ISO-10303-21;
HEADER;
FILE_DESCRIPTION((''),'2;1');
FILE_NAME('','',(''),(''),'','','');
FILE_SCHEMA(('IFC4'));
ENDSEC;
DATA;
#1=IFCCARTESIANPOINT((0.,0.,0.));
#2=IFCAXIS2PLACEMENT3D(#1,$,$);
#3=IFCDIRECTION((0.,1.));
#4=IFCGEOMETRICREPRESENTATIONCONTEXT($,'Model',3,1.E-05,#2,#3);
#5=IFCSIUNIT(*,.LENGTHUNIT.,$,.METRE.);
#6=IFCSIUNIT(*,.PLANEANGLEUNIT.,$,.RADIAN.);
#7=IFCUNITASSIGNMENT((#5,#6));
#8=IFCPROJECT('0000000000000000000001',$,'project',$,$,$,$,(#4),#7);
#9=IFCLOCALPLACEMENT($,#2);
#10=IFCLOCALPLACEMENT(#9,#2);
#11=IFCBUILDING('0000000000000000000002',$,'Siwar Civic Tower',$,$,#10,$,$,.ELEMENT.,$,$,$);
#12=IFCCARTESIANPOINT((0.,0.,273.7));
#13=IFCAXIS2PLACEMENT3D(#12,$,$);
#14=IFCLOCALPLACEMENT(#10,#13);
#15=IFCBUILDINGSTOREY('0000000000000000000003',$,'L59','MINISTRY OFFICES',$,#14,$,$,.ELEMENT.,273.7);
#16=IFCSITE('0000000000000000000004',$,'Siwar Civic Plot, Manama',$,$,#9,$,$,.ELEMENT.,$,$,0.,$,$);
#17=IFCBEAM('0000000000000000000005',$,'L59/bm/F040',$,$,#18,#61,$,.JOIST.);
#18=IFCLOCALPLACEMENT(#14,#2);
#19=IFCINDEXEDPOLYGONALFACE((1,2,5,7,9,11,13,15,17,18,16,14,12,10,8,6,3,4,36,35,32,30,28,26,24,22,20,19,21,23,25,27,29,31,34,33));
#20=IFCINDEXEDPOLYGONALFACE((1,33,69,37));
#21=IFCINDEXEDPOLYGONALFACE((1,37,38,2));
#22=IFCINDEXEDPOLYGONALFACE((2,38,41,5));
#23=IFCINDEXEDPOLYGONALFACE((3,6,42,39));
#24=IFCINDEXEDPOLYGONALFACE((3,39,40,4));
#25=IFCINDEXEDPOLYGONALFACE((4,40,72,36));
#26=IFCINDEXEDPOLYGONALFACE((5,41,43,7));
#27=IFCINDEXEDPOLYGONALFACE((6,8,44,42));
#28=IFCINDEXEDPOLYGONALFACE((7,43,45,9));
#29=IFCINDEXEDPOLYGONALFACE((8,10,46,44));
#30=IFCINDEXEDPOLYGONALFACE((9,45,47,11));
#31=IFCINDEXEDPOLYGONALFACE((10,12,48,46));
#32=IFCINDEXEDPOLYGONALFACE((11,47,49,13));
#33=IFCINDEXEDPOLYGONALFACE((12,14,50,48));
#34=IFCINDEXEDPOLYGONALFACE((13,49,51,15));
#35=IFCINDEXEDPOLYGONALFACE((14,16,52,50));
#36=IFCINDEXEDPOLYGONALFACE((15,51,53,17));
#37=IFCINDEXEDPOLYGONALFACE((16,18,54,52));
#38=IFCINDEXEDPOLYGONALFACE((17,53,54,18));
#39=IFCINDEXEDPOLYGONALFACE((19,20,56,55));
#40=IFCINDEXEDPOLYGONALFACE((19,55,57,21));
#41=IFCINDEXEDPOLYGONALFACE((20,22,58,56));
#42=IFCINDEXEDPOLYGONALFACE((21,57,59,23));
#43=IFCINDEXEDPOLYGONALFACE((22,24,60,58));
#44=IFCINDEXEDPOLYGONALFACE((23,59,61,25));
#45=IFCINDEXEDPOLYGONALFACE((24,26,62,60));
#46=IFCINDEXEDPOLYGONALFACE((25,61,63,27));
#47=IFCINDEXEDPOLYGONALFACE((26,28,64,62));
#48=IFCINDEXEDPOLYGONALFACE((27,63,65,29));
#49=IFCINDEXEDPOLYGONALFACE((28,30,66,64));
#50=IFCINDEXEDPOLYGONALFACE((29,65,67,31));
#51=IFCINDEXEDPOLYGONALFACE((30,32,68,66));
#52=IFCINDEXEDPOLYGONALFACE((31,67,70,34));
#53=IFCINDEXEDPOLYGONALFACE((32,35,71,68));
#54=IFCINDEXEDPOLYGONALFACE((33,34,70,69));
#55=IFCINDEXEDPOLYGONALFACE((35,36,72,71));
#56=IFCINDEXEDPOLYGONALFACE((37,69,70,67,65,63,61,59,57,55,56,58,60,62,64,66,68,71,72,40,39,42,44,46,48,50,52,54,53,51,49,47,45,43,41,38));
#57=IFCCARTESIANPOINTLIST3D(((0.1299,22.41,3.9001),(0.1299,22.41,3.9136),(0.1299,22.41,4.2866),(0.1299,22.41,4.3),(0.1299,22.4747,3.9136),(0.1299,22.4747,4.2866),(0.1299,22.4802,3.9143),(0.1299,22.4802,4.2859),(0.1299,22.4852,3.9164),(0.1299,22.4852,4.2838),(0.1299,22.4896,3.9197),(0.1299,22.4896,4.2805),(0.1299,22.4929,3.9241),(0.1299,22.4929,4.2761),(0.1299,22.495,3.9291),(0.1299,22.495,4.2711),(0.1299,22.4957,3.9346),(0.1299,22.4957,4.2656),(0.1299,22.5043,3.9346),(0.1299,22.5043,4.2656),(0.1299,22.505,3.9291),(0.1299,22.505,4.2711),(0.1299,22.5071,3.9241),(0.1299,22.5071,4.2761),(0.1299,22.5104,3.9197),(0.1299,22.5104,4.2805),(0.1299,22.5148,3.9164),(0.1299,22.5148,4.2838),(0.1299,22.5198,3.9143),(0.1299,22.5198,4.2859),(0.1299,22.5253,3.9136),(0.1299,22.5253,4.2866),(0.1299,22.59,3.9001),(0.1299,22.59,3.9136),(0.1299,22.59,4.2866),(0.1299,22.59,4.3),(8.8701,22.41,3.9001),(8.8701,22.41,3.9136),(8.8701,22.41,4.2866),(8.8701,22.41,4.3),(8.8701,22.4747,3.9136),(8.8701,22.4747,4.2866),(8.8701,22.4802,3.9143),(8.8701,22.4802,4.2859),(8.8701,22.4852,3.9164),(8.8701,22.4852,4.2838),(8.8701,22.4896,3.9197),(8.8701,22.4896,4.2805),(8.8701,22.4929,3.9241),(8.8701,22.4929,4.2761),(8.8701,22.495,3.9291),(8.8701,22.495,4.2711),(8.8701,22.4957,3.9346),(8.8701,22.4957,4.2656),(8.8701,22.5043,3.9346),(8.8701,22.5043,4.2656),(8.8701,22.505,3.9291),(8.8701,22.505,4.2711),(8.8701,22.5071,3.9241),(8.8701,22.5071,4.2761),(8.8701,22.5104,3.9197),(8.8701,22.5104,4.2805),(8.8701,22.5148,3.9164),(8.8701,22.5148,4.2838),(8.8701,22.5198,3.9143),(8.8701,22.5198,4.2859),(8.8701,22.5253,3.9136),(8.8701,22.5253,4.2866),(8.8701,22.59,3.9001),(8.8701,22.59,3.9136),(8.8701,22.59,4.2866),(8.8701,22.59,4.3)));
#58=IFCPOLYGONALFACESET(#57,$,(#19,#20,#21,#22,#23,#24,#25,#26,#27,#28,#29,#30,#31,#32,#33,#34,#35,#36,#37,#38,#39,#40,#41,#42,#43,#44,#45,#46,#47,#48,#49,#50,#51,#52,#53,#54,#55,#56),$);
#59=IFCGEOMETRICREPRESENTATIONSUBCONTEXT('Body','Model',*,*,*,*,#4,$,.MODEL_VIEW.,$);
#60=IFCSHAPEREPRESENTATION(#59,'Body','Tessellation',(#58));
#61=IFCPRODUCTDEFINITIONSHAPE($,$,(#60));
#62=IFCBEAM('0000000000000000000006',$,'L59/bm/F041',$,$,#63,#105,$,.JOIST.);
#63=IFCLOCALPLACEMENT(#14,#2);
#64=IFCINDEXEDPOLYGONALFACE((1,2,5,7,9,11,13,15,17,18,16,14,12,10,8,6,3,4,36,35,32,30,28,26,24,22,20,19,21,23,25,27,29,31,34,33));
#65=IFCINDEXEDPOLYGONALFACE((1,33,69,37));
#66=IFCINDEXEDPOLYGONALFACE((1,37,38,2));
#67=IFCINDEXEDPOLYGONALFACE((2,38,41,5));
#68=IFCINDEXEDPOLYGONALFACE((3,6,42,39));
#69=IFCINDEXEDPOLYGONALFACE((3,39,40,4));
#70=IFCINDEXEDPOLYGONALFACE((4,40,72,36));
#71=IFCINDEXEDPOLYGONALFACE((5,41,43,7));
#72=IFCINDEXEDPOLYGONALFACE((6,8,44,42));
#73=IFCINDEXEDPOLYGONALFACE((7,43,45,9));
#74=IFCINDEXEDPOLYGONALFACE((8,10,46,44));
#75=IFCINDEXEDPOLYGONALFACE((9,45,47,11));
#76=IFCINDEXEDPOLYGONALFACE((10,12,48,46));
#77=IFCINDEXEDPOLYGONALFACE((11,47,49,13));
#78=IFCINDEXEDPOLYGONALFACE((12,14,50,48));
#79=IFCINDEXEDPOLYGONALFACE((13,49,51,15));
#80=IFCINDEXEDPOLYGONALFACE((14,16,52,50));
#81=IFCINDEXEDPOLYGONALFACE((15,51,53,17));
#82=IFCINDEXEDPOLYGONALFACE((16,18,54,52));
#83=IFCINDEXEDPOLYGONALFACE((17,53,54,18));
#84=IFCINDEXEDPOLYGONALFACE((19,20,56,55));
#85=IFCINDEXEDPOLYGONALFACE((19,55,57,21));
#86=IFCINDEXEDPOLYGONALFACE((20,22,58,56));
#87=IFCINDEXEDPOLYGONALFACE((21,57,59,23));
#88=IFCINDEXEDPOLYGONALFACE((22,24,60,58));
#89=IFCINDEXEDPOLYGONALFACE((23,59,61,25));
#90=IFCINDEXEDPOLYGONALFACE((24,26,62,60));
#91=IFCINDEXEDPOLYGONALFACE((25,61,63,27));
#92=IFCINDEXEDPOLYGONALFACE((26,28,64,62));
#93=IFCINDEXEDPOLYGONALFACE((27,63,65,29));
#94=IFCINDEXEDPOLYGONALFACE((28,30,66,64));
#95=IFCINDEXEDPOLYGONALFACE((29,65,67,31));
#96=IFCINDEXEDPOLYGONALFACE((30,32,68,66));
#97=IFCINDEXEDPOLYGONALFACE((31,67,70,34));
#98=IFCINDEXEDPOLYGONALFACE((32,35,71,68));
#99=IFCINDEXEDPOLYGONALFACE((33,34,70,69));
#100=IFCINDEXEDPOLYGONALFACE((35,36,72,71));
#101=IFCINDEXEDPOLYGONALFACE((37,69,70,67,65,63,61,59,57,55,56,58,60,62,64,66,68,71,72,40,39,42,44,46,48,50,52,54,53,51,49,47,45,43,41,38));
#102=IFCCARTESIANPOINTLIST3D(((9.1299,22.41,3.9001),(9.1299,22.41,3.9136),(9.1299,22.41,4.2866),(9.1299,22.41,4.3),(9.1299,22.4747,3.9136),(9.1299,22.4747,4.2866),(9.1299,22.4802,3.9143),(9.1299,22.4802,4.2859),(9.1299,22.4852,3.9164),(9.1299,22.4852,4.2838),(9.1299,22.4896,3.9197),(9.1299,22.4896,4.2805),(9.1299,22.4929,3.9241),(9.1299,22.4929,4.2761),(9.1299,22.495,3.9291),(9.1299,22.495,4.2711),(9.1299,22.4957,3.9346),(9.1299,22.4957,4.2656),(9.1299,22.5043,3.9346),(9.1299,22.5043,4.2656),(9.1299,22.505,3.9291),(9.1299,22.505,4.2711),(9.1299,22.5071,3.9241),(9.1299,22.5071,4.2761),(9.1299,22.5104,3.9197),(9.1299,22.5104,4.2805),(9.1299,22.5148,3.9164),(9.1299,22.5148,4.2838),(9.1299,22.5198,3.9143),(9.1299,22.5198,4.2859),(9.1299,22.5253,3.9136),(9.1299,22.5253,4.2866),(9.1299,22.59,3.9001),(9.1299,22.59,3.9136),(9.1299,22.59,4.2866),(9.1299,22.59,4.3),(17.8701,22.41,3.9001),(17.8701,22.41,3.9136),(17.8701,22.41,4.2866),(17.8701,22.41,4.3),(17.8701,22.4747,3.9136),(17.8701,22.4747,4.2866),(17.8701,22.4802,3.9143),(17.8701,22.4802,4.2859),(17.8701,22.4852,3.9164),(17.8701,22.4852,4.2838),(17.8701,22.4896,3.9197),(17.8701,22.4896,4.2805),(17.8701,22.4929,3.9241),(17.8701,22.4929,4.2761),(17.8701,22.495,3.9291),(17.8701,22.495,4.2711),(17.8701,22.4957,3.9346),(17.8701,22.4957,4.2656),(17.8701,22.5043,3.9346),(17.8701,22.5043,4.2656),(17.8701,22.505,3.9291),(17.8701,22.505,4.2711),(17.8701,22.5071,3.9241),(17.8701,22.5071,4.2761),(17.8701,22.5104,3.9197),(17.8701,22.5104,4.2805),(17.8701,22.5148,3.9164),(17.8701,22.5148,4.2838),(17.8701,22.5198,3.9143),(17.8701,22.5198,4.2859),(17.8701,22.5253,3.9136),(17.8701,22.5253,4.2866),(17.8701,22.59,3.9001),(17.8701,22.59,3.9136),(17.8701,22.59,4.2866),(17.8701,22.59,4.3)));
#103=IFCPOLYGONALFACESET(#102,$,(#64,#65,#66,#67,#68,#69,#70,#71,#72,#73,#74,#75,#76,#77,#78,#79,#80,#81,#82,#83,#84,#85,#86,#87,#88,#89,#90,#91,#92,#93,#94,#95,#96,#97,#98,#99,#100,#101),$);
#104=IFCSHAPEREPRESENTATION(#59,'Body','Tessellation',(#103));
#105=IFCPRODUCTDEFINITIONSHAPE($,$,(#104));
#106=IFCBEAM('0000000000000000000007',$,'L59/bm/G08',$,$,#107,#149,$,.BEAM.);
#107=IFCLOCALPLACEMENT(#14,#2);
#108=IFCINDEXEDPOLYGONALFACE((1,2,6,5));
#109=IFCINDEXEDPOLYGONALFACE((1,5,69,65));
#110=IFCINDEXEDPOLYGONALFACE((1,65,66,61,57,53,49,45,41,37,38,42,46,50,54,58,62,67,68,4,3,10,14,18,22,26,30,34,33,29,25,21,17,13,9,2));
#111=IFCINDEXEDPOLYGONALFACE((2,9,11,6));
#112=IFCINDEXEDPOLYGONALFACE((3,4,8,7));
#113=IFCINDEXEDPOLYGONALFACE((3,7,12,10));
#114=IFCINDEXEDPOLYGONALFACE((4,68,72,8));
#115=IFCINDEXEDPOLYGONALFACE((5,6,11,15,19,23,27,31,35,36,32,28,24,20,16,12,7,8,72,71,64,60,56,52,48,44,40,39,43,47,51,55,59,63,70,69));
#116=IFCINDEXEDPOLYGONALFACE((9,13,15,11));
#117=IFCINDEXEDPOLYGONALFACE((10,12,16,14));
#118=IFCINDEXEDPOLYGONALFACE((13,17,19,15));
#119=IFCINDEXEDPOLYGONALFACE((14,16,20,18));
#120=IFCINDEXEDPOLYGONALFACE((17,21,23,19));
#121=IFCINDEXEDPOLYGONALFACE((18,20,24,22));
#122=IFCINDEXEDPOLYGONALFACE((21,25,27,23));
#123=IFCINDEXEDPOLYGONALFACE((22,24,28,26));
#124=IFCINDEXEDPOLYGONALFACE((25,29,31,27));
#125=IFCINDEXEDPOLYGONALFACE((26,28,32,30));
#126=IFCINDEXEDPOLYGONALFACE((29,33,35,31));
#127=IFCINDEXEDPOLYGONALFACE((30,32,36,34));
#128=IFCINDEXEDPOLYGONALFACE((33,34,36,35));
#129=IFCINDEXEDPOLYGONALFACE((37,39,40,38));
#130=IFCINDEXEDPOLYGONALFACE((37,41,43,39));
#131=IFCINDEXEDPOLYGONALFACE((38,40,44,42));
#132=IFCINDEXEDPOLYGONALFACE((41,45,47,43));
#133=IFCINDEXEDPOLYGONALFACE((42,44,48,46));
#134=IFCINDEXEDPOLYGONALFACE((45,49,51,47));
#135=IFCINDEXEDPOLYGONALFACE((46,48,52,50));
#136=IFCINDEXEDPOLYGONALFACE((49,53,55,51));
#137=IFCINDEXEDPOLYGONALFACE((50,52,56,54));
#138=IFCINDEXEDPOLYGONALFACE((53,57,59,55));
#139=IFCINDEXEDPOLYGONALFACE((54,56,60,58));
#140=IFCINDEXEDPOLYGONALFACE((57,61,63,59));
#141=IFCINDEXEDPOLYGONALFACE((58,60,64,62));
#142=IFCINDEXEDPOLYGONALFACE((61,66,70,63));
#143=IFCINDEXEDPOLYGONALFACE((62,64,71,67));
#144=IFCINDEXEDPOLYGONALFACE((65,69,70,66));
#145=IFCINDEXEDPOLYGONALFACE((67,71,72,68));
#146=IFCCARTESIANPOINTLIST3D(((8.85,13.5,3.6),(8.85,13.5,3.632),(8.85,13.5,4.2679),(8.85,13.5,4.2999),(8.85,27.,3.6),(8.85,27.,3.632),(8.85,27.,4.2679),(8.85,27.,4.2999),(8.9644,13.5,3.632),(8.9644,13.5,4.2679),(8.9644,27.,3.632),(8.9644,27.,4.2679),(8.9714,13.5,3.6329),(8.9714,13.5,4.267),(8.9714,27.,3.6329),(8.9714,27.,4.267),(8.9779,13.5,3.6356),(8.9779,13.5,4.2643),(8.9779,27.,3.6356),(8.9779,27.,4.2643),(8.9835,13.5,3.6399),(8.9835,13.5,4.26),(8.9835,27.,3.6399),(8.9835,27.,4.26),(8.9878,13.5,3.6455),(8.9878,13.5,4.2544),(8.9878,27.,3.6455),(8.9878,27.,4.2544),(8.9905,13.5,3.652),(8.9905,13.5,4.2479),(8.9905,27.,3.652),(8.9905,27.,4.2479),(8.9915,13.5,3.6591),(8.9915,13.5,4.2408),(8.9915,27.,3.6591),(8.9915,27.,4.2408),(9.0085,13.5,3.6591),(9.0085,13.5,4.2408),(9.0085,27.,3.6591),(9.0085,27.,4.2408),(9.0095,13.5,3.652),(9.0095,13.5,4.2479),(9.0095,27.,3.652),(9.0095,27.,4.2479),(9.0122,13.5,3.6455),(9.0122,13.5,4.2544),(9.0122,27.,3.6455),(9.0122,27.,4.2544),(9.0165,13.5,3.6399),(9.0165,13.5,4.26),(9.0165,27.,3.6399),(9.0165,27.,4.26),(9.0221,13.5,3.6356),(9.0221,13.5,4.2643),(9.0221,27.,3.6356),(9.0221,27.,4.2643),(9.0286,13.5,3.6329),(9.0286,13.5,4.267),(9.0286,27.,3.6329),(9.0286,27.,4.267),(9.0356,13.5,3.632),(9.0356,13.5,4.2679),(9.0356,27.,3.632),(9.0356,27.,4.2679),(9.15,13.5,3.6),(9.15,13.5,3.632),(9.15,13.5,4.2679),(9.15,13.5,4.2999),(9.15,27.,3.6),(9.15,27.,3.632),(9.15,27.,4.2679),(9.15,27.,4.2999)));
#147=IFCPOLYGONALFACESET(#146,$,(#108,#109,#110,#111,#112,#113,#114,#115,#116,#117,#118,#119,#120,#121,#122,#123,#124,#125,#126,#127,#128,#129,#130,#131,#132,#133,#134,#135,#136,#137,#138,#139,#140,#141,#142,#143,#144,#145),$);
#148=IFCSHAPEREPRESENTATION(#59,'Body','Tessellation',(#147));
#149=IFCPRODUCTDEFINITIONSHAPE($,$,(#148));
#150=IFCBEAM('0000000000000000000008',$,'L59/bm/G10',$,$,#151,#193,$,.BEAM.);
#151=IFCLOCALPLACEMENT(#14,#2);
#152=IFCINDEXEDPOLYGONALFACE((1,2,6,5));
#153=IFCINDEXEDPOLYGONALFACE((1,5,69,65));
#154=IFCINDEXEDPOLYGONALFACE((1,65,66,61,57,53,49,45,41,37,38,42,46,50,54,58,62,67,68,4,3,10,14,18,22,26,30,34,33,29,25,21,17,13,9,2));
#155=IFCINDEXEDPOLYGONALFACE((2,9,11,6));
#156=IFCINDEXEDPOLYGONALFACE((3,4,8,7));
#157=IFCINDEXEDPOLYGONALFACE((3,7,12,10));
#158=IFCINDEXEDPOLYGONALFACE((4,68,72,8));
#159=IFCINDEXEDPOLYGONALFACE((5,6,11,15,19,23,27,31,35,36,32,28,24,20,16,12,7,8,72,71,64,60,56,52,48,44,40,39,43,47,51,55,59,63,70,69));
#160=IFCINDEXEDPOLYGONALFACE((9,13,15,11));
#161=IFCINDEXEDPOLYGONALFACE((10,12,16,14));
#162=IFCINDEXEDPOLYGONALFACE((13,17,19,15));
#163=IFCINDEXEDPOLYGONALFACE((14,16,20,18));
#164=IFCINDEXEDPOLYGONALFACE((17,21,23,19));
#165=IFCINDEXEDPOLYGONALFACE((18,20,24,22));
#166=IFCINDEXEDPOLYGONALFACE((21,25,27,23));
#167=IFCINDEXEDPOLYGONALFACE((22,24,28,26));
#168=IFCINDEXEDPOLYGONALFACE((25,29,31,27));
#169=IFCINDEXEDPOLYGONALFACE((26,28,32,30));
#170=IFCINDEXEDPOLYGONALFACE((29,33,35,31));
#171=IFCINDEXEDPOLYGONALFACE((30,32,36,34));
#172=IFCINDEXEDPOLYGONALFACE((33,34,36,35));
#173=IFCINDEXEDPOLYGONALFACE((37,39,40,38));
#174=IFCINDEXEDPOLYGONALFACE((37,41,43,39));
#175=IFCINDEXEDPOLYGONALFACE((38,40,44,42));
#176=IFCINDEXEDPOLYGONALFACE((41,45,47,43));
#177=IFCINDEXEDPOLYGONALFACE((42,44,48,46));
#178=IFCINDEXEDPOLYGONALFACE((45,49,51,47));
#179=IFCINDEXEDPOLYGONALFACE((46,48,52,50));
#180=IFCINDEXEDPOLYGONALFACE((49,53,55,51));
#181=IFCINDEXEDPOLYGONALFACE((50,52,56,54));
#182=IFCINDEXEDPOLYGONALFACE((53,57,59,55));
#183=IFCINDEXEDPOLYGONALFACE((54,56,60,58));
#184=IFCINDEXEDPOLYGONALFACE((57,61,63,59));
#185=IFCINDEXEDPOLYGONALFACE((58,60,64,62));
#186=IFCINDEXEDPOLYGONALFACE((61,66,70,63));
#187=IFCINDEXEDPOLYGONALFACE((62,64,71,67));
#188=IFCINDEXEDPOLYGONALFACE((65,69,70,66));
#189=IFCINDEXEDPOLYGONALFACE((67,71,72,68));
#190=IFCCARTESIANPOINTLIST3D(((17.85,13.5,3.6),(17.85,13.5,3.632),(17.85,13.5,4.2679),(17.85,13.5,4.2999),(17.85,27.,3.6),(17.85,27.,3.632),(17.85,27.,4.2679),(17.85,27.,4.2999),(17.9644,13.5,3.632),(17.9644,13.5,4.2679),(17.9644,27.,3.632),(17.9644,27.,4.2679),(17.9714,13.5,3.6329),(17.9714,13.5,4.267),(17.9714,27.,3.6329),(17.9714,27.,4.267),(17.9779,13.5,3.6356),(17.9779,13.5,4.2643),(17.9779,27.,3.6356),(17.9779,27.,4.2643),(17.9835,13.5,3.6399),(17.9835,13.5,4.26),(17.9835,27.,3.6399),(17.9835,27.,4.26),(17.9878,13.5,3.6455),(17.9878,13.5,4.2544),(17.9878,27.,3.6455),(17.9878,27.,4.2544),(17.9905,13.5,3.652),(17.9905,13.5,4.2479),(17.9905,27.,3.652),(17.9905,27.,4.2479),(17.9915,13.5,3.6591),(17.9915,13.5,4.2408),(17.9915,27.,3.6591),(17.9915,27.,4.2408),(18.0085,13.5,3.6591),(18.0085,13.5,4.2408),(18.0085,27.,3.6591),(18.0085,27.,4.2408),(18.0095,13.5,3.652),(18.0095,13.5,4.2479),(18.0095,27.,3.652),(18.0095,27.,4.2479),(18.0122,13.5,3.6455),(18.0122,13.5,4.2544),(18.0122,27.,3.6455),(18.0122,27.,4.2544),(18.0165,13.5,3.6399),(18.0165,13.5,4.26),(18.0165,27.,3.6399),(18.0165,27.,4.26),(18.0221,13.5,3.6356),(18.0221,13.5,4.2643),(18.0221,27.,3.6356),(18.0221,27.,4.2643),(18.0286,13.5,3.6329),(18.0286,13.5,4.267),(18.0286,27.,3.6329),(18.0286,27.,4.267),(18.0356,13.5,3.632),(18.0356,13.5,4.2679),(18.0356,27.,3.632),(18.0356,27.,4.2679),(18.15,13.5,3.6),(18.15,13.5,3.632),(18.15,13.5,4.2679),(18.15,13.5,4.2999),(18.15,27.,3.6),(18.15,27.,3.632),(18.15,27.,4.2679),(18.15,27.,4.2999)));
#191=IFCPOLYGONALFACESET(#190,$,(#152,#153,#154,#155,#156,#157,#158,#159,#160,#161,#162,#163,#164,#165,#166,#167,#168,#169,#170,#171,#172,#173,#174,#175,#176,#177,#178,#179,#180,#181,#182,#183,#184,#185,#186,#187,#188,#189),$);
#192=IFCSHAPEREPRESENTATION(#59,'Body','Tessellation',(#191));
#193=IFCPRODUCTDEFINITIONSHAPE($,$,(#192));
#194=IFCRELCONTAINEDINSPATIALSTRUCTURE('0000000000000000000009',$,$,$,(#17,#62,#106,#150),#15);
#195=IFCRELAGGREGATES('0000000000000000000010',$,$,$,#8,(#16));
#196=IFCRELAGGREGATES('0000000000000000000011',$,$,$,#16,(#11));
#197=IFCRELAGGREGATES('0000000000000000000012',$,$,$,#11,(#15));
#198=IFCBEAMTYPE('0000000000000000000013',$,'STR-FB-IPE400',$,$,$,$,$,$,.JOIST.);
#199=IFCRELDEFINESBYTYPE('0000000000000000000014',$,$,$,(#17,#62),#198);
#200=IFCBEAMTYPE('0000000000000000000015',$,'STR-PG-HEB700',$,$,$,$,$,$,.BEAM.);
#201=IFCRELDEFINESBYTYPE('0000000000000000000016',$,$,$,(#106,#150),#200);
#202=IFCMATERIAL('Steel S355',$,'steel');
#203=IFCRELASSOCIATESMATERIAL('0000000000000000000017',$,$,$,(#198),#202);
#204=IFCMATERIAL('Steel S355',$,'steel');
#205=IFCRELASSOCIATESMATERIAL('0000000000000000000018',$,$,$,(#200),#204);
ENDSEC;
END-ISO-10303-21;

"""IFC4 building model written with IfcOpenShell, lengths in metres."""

from ifc_helpers import new_model, si_unit, direction, frame, origin, origin_2d, place, context, subcontext, project, spatial, i_section, extrude, material, material_profile, profile_set, type_object, element, save


model = new_model("IFC4")

# Units and contexts
model_context = context("Model", 3, precision=1e-05, world=origin(), true_north=direction((0.0, 1.0)))
body_context = subcontext(model_context, "Body", "Model", "MODEL_VIEW")
ifc_project = project(units=[si_unit("LENGTHUNIT", "METRE"), si_unit("PLANEANGLEUNIT", "RADIAN")], contexts=[model_context])

# Site, building, storey
site_placement = place(None, origin())
site = spatial("IfcSite", under=ifc_project, at=site_placement, Name="Siwar Civic Plot, Manama", CompositionType="ELEMENT", RefElevation=0.0)
building_placement = place(site_placement, origin())
building = spatial("IfcBuilding", under=site, at=building_placement, Name="Siwar Civic Tower", CompositionType="ELEMENT")
storey_placement = place(building_placement, frame((0.0, 0.0, 273.7)))
storey = spatial("IfcBuildingStorey", under=building, at=storey_placement, Name="L59", Description="MINISTRY OFFICES", CompositionType="ELEMENT", Elevation=273.7)

# Beams
ifc_material_1 = material(Name="Steel S355", Category="steel")
ifc_material_profile_1 = material_profile(ifc_material_1, i_section(OverallWidth=0.1799, OverallDepth=0.3999, WebThickness=0.0085, FlangeThickness=0.0134, FilletRadius=0.021, at=origin_2d()), Name="IPE400")
ifc_profile_set_1 = profile_set([ifc_material_profile_1], Name="Steel S355")
beam_type_1 = type_object("IfcBeamType", Name="STR-FB-IPE400", PredefinedType="JOIST", material=ifc_profile_set_1)
for number, where, z_axis, x_axis, name in (
    (1, (0.1299, 22.5, 4.1001), (1.0, 0.0, 0.0), (0.0, 1.0, 0.0), "L59/bm/F040"),
    (2, (9.1299, 22.5, 4.1001), (1.0, 0.0, 0.0), (0.0, 1.0, 0.0), "L59/bm/F041"),
):
    element("IfcBeam", number, at=place(storey_placement, frame(where, z_axis=z_axis, x_axis=x_axis)), inside=storey, type_object=beam_type_1, Name=name, PredefinedType="JOIST", context=body_context, shape_type="SweptSolid", body=[
        extrude(i_section(OverallWidth=0.1799, OverallDepth=0.3999, WebThickness=0.0085, FlangeThickness=0.0134, FilletRadius=0.021, at=origin_2d()), origin(), (0.0, 0.0, 1.0), 8.7402),
    ])
ifc_material_2 = material(Name="Steel S355", Category="steel")
ifc_material_profile_2 = material_profile(ifc_material_2, i_section(OverallWidth=0.3, OverallDepth=0.7, WebThickness=0.0171, FlangeThickness=0.032, FilletRadius=0.0271, at=origin_2d()), Name="HEB700")
ifc_profile_set_2 = profile_set([ifc_material_profile_2], Name="Steel S355")
beam_type_2 = type_object("IfcBeamType", Name="STR-PG-HEB700", PredefinedType="BEAM", material=ifc_profile_set_2)
for number, where, z_axis, x_axis, name in (
    (3, (9.0, 13.5, 3.95), (0.0, 1.0, 0.0), (-1.0, 0.0, 0.0), "L59/bm/G08"),
    (4, (18.0, 13.5, 3.95), (0.0, 1.0, 0.0), (-1.0, 0.0, 0.0), "L59/bm/G10"),
):
    element("IfcBeam", number, at=place(storey_placement, frame(where, z_axis=z_axis, x_axis=x_axis)), inside=storey, type_object=beam_type_2, Name=name, PredefinedType="BEAM", context=body_context, shape_type="SweptSolid", body=[
        extrude(i_section(OverallWidth=0.3, OverallDepth=0.7, WebThickness=0.0171, FlangeThickness=0.032, FilletRadius=0.0271, at=origin_2d()), origin(), (0.0, 0.0, 1.0), 13.5),
    ])

save(model, "model.ifc")
